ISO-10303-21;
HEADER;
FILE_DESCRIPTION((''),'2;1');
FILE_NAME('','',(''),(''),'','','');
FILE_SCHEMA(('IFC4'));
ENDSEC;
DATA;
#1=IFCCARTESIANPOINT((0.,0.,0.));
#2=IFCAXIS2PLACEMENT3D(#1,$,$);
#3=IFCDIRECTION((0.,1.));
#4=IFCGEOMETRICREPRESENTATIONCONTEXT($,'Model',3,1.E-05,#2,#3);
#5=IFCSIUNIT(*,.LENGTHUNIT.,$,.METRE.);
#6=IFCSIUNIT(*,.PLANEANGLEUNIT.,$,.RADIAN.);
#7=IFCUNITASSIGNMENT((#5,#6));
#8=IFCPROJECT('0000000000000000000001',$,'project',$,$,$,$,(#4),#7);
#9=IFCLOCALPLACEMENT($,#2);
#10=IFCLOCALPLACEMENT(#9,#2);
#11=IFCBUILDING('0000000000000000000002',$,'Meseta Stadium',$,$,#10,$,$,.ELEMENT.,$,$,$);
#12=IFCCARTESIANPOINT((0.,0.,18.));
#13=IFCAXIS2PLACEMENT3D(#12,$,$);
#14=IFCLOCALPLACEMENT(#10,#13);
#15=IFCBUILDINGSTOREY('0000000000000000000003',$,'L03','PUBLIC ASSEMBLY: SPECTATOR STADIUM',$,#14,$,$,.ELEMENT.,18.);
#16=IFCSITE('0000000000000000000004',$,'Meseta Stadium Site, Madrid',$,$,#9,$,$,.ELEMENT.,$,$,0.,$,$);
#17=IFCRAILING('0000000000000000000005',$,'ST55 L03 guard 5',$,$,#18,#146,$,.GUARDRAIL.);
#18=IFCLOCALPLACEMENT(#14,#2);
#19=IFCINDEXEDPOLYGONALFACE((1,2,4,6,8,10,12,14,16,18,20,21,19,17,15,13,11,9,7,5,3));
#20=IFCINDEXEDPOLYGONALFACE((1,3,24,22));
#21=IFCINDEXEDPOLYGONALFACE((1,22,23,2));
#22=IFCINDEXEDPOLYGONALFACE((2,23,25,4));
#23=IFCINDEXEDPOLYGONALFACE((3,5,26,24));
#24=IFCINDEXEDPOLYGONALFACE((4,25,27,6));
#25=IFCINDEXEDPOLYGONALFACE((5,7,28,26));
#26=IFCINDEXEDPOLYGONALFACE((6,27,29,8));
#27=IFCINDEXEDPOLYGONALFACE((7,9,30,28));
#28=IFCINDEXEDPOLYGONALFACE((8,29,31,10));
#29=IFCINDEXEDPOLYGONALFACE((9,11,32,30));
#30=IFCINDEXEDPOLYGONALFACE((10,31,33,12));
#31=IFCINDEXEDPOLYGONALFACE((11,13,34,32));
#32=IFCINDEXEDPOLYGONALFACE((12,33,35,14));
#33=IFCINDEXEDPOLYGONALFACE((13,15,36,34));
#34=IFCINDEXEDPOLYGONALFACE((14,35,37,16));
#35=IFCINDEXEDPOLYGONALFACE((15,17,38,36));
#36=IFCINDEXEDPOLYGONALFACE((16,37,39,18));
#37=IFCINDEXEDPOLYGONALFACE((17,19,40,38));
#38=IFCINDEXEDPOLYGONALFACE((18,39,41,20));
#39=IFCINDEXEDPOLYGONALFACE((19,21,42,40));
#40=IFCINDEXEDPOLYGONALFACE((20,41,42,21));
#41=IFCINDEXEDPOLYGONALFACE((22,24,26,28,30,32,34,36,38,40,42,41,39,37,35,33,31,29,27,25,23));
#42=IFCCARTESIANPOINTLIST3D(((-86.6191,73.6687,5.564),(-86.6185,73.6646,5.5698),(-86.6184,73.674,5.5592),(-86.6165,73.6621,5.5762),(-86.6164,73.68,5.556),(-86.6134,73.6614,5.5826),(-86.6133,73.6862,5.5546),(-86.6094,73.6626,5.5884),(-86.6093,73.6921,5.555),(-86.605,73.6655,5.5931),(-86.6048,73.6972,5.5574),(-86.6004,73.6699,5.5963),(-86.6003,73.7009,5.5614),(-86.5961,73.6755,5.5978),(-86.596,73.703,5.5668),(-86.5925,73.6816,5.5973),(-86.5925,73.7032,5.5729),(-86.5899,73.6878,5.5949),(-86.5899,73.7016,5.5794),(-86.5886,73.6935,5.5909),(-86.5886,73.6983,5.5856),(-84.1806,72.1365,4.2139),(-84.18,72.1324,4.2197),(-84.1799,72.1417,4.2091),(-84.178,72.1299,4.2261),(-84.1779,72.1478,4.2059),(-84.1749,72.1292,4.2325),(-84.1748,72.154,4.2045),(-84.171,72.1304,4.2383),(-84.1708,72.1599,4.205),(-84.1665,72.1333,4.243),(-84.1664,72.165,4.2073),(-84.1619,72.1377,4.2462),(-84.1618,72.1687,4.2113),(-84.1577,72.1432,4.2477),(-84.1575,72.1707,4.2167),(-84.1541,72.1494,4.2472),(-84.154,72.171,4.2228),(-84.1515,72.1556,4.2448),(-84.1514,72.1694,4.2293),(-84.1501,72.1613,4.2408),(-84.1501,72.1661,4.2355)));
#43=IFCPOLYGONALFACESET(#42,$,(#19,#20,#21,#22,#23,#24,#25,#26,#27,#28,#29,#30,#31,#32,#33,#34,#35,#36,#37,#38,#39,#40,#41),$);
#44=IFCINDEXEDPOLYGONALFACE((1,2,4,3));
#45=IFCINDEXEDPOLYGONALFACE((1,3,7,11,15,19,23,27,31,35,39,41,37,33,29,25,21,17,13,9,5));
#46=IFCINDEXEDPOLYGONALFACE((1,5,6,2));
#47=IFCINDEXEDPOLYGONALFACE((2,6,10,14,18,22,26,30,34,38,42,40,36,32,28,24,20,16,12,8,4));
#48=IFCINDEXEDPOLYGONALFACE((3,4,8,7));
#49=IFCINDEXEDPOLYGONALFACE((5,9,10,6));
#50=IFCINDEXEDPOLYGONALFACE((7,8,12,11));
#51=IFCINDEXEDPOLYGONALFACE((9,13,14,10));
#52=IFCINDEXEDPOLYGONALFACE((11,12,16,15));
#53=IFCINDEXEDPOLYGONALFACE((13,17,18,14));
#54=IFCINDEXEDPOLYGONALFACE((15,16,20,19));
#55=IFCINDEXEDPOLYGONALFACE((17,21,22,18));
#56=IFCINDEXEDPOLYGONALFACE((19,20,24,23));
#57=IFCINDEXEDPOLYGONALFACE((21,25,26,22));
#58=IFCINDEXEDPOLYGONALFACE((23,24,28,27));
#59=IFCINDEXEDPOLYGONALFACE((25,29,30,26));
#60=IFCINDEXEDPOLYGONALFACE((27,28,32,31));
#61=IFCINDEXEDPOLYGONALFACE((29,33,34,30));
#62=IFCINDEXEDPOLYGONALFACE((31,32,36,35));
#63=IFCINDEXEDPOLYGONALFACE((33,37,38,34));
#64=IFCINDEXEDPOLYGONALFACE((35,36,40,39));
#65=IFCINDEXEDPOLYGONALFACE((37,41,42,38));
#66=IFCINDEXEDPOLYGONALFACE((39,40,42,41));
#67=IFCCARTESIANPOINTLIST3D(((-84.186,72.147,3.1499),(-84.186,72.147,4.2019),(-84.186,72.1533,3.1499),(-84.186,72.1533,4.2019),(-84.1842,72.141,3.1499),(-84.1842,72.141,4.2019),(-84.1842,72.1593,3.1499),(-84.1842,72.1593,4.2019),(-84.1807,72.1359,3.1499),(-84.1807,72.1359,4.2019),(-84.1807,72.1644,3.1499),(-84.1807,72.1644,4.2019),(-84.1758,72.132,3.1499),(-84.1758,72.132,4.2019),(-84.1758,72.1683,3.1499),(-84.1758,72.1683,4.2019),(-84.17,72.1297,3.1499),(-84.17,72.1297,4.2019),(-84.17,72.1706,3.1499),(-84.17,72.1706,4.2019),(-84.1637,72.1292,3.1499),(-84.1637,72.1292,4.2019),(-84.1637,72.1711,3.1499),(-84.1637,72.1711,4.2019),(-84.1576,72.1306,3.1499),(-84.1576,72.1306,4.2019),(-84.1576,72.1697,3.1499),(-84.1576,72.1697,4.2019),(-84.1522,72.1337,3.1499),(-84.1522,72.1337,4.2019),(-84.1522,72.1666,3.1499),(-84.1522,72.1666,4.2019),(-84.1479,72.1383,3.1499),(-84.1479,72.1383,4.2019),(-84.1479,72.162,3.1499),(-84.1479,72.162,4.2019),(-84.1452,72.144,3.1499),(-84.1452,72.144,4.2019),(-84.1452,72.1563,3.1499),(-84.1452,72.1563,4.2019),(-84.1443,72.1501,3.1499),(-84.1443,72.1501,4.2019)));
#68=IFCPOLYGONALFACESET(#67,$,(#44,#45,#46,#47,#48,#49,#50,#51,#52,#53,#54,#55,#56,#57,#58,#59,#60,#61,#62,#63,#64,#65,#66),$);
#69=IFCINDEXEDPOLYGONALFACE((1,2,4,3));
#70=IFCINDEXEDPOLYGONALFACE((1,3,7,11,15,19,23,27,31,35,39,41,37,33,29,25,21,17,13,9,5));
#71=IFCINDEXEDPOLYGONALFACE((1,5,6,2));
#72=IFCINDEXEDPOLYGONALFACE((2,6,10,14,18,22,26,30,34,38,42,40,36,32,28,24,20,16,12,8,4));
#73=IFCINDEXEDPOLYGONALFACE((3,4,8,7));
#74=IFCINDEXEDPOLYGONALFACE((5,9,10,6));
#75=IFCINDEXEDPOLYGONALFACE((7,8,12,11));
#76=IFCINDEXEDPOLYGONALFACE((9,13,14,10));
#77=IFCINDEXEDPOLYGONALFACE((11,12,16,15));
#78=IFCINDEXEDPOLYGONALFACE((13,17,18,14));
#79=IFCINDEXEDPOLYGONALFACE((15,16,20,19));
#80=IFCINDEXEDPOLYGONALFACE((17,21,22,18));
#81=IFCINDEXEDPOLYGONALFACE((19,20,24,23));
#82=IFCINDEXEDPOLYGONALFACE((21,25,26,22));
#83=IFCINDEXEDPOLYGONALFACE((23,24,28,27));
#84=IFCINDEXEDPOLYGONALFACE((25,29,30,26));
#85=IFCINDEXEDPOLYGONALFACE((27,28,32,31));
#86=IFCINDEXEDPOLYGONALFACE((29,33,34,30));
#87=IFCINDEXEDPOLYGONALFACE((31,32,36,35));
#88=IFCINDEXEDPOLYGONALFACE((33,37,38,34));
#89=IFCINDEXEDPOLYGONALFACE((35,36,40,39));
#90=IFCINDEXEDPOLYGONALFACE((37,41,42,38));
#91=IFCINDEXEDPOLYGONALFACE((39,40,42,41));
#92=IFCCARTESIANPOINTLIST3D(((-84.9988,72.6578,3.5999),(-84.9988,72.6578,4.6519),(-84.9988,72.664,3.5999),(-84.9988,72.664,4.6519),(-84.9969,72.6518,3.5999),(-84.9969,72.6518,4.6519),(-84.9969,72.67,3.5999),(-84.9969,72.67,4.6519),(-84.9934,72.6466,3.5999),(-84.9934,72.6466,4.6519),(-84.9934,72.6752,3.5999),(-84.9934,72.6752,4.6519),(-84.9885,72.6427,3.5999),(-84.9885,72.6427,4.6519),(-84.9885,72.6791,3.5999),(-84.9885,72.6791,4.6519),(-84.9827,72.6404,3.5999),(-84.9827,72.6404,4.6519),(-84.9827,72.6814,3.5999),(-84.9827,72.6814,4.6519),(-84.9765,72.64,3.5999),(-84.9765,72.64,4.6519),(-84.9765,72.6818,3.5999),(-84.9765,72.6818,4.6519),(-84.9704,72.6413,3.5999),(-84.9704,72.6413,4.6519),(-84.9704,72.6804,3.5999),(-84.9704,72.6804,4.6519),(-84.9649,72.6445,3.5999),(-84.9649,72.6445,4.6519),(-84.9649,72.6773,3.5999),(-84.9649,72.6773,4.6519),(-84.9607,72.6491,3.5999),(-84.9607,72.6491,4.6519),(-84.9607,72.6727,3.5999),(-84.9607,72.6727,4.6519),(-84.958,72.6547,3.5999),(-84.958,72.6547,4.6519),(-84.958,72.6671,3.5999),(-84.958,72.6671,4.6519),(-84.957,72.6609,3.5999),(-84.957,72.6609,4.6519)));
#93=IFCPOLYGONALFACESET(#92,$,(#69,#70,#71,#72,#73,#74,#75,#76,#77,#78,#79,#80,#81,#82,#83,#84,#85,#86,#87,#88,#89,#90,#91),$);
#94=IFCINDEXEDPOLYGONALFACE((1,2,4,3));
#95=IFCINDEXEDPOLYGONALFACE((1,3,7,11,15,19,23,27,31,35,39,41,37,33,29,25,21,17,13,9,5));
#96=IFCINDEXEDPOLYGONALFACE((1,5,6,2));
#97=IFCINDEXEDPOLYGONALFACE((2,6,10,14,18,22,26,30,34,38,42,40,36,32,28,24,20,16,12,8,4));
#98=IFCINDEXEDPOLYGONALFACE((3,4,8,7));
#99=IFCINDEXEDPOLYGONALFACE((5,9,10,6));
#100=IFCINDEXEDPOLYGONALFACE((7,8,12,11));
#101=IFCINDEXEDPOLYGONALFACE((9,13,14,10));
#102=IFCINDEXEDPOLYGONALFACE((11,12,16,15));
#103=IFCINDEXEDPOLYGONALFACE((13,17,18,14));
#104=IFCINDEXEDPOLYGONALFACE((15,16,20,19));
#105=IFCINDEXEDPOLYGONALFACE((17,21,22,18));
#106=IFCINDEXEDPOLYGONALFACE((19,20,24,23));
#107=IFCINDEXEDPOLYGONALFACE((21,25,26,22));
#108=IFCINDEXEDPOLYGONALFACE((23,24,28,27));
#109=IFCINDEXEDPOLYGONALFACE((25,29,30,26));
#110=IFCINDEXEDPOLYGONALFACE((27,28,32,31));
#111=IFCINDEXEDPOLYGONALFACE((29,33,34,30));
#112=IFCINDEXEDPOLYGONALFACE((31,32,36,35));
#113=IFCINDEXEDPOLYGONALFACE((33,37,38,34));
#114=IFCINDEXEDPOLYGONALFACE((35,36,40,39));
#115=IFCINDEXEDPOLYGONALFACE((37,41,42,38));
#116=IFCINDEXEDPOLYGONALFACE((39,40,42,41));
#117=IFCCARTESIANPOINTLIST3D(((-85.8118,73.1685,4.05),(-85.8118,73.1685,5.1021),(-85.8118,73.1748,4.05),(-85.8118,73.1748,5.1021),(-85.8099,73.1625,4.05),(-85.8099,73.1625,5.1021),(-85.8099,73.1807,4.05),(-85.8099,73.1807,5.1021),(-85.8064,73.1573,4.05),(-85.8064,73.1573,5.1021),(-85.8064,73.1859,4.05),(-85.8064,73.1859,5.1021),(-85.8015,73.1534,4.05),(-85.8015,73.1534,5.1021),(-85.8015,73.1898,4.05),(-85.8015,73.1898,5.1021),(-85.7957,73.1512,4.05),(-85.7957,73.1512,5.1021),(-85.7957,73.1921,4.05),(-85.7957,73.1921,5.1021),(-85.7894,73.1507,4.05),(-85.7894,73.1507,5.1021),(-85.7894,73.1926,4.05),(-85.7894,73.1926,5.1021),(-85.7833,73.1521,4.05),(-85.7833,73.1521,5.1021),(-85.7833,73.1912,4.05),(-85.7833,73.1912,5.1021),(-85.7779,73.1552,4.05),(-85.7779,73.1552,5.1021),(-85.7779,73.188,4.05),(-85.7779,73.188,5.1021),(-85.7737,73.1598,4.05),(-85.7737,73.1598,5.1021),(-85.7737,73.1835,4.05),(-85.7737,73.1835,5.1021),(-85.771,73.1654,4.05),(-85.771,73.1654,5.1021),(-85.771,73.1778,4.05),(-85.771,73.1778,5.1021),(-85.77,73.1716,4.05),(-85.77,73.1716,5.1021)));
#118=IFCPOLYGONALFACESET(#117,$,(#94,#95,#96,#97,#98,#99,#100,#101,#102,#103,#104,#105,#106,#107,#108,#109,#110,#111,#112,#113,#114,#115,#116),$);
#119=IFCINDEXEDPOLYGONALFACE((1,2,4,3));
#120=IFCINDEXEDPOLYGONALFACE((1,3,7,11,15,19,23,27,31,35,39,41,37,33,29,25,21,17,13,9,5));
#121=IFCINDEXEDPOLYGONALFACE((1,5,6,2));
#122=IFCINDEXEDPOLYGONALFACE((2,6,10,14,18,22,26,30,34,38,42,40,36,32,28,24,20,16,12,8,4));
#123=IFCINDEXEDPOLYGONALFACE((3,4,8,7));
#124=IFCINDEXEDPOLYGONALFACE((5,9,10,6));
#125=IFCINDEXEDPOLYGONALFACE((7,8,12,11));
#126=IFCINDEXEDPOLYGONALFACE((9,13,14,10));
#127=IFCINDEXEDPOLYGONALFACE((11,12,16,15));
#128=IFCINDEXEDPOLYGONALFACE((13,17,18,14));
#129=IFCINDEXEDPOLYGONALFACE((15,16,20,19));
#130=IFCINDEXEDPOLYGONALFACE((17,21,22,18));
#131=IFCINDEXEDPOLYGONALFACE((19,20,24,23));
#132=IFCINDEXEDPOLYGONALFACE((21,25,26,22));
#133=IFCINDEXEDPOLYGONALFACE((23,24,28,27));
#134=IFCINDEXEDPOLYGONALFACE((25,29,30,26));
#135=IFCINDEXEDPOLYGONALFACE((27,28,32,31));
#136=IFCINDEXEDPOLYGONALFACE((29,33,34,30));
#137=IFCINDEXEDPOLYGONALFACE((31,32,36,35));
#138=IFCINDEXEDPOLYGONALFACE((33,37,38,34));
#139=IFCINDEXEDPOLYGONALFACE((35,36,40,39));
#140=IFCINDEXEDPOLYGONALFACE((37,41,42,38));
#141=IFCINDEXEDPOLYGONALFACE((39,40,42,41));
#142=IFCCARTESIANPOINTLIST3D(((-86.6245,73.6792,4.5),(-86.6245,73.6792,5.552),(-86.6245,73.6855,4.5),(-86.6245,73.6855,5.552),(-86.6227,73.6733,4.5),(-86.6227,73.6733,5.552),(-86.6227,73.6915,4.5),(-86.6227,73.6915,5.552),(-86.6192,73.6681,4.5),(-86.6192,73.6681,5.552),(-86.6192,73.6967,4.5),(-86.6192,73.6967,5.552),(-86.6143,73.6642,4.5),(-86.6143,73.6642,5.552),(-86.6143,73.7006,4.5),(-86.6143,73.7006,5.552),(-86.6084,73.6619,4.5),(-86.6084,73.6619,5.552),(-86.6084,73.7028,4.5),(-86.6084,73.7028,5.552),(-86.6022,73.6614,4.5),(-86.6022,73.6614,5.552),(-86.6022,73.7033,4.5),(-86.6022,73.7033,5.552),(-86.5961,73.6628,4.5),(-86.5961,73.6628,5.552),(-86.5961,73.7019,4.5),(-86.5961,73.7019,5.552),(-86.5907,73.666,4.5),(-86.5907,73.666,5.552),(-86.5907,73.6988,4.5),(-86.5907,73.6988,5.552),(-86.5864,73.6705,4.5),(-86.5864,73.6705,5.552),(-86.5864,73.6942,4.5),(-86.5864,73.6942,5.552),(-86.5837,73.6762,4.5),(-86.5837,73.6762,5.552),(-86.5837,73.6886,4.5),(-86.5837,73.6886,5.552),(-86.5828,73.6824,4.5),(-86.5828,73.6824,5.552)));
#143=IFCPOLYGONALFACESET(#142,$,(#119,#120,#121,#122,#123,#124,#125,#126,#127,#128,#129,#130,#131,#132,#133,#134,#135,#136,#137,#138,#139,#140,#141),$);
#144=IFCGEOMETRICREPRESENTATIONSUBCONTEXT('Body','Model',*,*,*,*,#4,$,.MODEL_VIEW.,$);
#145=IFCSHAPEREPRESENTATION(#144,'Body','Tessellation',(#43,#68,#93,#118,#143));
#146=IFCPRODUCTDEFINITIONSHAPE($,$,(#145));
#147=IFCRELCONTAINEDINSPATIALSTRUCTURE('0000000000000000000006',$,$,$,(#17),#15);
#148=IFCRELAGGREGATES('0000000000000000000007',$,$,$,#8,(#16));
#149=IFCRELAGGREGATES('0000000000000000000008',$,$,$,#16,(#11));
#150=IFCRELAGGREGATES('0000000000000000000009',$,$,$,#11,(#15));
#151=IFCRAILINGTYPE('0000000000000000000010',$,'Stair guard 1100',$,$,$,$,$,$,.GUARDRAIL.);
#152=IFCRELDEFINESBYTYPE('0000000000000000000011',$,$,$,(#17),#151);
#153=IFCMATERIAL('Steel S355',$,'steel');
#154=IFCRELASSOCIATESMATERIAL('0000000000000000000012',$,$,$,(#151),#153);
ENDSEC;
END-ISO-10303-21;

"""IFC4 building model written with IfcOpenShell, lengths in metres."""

from ifc_helpers import new_model, si_unit, direction, frame, origin, origin_2d, place, context, subcontext, project, spatial, circle, extrude, material, type_object, element, save


model = new_model("IFC4")

# Units and contexts
model_context = context("Model", 3, precision=1e-05, world=origin(), true_north=direction((0.0, 1.0)))
body_context = subcontext(model_context, "Body", "Model", "MODEL_VIEW")
ifc_project = project(units=[si_unit("LENGTHUNIT", "METRE"), si_unit("PLANEANGLEUNIT", "RADIAN")], contexts=[model_context])

# Site, building, storey
site_placement = place(None, origin())
site = spatial("IfcSite", under=ifc_project, at=site_placement, Name="Meseta Stadium Site, Madrid", CompositionType="ELEMENT", RefElevation=0.0)
building_placement = place(site_placement, origin())
building = spatial("IfcBuilding", under=site, at=building_placement, Name="Meseta Stadium", CompositionType="ELEMENT")
storey_placement = place(building_placement, frame((0.0, 0.0, 18.0)))
storey = spatial("IfcBuildingStorey", under=building, at=storey_placement, Name="L03", Description="PUBLIC ASSEMBLY: SPECTATOR STADIUM", CompositionType="ELEMENT", Elevation=18.0)

# Railing
ifc_material_1 = material(Name="Steel S355", Category="steel")
railing_type_1 = type_object("IfcRailingType", Name="Stair guard 1100", PredefinedType="GUARDRAIL", material=ifc_material_1)
railing_1_placement = place(storey_placement, frame((-84.1653, 72.1501, 3.1499)))
element("IfcRailing", 1, at=railing_1_placement, inside=storey, type_object=railing_type_1, Name="ST55 L03 guard 5", PredefinedType="GUARDRAIL", context=body_context, shape_type="SweptSolid", body=[
    extrude(circle(Radius=0.0239, at=origin_2d()), frame((0.0, 0.0, 1.0762), z_axis=(-0.766655, 0.481731, 0.42447), x_axis=(-0.53204, -0.846719, 0.0)), (0.0, 0.0, 1.0), 3.1807),
    extrude(circle(Radius=0.021, at=origin_2d()), origin(), (0.0, 0.0, 1.0), 1.052),
    extrude(circle(Radius=0.021, at=origin_2d()), frame((-0.8127, 0.5107, 0.45)), (0.0, 0.0, 1.0), 1.052),
    extrude(circle(Radius=0.021, at=origin_2d()), frame((-1.6257, 1.0215, 0.9001)), (0.0, 0.0, 1.0), 1.052),
    extrude(circle(Radius=0.021, at=origin_2d()), frame((-2.4385, 1.5322, 1.3501)), (0.0, 0.0, 1.0), 1.052),
])

save(model, "model.ifc")
